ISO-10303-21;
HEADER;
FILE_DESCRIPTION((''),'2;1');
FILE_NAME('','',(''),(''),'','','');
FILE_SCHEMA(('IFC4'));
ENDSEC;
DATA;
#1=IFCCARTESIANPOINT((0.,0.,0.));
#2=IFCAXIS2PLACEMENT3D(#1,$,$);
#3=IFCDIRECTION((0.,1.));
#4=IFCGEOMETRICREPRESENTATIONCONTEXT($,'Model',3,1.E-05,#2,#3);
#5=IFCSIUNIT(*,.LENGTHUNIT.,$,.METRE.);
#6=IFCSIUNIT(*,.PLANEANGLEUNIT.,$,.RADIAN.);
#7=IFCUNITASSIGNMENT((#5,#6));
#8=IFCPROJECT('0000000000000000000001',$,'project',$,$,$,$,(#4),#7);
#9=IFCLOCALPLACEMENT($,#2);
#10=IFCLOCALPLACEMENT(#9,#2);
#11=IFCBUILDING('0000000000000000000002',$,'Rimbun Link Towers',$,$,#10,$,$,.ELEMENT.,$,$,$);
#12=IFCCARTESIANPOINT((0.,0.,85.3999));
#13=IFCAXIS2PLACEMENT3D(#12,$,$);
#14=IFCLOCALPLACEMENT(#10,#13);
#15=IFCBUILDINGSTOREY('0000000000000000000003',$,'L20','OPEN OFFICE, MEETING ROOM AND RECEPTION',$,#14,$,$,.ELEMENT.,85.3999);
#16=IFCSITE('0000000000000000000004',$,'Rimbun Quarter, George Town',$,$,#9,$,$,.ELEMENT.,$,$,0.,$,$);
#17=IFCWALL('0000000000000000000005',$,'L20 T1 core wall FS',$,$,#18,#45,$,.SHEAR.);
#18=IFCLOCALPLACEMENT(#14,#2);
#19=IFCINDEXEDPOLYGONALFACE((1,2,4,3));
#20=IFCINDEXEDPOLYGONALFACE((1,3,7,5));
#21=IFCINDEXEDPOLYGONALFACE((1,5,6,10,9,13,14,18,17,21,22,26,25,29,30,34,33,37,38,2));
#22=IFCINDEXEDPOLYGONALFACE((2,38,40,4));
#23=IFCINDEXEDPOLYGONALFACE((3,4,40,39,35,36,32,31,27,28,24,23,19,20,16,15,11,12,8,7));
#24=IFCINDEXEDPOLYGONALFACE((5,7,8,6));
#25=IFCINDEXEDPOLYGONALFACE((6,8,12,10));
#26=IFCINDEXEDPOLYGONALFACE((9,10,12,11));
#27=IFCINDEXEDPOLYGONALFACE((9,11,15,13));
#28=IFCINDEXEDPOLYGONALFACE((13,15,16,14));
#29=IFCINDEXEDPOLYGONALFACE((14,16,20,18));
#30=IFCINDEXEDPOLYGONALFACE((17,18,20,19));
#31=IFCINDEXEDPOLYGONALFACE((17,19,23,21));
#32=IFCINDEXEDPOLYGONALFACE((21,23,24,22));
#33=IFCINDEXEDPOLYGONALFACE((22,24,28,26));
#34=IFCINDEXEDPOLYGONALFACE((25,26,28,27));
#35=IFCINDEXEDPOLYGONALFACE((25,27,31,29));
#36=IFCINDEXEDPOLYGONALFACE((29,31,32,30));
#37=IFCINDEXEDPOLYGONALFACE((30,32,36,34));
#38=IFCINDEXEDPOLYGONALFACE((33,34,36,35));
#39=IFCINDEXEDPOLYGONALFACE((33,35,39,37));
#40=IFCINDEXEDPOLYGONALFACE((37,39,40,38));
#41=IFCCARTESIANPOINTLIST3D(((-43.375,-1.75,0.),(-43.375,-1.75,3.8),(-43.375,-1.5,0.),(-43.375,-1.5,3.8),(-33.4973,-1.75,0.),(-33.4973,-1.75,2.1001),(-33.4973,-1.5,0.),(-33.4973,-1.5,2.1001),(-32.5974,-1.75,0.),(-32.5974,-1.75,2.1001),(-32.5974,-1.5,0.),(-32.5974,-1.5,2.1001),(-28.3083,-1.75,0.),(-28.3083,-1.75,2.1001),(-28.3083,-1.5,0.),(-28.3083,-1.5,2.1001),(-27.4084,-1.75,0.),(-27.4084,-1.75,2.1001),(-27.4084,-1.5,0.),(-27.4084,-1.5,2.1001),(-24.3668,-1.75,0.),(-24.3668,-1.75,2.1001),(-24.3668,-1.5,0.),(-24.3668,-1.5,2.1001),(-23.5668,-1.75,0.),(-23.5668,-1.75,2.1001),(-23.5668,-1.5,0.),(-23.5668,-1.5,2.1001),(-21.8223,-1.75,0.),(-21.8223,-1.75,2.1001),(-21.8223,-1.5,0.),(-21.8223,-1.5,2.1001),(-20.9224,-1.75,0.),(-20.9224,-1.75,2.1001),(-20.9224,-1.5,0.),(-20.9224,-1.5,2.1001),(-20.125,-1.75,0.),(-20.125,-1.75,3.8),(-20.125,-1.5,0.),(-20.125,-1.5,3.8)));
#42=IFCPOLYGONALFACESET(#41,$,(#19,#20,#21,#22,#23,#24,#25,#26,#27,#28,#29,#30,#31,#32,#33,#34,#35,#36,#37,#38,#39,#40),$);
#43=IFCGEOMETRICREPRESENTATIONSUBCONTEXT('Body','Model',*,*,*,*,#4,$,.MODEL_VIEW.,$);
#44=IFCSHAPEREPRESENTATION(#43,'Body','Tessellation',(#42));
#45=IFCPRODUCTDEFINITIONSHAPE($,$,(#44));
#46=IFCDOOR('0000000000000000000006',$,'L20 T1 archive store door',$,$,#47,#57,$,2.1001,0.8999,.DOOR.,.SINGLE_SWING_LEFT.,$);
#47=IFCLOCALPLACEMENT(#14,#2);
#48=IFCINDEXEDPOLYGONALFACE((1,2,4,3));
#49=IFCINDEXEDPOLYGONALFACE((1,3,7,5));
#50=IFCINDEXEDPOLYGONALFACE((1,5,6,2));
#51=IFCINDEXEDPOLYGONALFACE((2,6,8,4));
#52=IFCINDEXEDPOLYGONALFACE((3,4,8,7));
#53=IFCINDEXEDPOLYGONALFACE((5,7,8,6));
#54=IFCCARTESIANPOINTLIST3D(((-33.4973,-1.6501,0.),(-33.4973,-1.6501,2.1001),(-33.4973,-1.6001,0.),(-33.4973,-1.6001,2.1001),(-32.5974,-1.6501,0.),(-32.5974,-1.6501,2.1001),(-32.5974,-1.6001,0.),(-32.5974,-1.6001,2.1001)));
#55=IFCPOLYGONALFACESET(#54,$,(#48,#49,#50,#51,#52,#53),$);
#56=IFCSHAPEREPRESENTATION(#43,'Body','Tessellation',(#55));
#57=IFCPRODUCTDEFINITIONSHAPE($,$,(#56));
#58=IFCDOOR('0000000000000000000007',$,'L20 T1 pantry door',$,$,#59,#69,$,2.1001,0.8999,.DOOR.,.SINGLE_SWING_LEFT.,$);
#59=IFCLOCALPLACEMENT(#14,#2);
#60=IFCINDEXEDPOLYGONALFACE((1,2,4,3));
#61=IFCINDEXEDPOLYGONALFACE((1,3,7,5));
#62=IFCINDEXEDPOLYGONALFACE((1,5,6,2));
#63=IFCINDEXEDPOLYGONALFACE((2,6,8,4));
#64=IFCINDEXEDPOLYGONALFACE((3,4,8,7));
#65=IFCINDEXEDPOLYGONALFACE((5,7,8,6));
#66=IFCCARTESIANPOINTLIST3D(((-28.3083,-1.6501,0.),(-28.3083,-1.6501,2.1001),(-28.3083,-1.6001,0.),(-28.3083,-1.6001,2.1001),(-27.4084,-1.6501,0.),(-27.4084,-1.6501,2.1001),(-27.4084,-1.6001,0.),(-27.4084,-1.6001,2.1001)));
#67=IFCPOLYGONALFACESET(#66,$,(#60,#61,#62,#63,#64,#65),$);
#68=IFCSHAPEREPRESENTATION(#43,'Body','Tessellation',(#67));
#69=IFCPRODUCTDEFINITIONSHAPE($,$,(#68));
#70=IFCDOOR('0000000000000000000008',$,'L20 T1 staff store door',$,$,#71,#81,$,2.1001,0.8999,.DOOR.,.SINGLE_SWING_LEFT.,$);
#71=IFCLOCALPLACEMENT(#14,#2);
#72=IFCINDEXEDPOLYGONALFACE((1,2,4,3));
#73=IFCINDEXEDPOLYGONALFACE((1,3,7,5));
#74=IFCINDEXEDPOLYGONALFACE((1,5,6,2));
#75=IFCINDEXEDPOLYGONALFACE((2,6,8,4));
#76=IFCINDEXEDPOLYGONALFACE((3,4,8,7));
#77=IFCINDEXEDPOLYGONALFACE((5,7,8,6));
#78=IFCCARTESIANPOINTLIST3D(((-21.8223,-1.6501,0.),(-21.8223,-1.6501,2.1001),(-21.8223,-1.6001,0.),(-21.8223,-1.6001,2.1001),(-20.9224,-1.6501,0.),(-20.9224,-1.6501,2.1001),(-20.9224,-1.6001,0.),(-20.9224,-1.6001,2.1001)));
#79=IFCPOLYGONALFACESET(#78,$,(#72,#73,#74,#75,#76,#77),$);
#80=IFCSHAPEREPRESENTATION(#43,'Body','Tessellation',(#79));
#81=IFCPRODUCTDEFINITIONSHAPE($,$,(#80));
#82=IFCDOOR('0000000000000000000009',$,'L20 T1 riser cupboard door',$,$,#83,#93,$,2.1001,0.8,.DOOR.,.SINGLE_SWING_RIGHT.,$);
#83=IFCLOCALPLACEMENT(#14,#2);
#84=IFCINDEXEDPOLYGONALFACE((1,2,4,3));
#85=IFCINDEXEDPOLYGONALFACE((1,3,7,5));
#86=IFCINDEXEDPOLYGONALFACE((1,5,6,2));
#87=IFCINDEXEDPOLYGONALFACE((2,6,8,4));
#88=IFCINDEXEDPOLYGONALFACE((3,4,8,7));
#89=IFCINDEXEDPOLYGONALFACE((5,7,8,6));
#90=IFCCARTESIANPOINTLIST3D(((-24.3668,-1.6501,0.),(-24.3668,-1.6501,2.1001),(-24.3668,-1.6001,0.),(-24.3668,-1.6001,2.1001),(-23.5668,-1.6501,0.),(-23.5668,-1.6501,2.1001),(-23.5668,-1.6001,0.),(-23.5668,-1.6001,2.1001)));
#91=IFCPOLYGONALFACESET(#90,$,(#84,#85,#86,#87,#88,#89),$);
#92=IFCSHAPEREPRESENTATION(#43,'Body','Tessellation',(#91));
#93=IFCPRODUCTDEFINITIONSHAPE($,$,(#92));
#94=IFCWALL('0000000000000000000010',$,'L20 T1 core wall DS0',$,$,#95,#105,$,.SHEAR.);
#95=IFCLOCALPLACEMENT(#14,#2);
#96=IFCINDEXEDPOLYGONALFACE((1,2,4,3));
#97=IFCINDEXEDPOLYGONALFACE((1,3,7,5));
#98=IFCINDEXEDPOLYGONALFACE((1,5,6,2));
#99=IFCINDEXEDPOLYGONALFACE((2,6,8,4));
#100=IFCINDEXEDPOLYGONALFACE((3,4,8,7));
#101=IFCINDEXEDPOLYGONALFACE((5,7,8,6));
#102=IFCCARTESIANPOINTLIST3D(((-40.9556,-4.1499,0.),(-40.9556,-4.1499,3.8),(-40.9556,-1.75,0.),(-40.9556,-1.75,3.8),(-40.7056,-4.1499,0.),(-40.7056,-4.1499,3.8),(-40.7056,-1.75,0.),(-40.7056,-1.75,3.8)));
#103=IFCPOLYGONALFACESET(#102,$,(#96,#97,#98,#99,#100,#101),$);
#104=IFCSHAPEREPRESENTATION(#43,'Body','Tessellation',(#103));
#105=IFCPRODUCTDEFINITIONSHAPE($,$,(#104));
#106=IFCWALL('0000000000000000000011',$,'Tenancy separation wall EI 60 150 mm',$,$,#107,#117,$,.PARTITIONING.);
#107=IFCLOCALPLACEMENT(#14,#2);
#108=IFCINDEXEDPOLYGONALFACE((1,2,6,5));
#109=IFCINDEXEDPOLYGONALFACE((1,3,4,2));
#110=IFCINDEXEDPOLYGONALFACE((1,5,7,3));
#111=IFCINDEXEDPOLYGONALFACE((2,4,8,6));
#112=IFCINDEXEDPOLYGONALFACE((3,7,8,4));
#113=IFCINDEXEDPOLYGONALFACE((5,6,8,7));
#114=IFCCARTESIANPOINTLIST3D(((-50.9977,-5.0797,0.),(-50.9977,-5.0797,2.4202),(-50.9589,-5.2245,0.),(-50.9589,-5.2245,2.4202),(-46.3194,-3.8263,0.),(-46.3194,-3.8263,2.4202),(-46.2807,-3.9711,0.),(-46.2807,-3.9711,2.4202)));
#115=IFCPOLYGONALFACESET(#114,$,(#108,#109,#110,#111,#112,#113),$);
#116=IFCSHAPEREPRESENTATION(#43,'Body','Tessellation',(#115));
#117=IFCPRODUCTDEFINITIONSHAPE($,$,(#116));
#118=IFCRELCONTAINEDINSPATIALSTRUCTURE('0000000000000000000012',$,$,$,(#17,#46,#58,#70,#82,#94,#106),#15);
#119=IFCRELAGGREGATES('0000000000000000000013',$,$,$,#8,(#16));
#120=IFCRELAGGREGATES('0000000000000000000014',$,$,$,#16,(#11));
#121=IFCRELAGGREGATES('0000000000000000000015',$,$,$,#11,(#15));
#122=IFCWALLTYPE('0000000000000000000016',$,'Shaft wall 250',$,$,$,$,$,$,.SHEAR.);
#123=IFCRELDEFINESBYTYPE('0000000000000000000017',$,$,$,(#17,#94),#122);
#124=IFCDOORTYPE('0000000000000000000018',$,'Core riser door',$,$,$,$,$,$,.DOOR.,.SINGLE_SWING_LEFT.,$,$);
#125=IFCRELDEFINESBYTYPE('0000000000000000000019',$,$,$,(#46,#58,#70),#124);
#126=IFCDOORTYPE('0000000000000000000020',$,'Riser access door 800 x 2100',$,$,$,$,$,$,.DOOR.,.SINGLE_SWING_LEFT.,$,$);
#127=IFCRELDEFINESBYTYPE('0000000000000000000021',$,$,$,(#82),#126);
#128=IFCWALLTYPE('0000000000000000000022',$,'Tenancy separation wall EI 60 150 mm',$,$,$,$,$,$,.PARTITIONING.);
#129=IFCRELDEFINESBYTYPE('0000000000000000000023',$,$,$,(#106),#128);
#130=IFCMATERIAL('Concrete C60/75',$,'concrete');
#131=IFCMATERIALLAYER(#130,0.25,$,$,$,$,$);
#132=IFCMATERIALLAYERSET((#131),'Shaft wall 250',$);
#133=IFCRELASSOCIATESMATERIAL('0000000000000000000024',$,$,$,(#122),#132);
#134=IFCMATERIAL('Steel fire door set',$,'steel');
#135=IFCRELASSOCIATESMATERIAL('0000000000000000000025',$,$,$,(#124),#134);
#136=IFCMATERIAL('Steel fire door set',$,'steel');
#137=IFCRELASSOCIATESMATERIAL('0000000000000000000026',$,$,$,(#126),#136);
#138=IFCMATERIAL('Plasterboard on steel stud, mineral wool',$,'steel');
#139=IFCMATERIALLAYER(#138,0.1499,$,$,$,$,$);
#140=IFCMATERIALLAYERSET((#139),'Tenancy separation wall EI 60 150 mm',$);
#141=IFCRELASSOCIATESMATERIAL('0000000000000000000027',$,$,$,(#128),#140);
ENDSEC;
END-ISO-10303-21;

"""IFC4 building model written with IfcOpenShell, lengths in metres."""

from ifc_helpers import new_model, si_unit, direction, frame, frame_2d, origin, place, context, subcontext, project, spatial, rectangle, extrude, material, layer, layer_set, type_object, element, fill, save


model = new_model("IFC4")

# Units and contexts
model_context = context("Model", 3, precision=1e-05, world=origin(), true_north=direction((0.0, 1.0)))
body_context = subcontext(model_context, "Body", "Model", "MODEL_VIEW")
ifc_project = project(units=[si_unit("LENGTHUNIT", "METRE"), si_unit("PLANEANGLEUNIT", "RADIAN")], contexts=[model_context])

# Site, building, storey
site_placement = place(None, origin())
site = spatial("IfcSite", under=ifc_project, at=site_placement, Name="Rimbun Quarter, George Town", CompositionType="ELEMENT", RefElevation=0.0)
building_placement = place(site_placement, origin())
building = spatial("IfcBuilding", under=site, at=building_placement, Name="Rimbun Link Towers", CompositionType="ELEMENT")
storey_placement = place(building_placement, frame((0.0, 0.0, 85.3999)))
storey = spatial("IfcBuildingStorey", under=building, at=storey_placement, Name="L20", Description="OPEN OFFICE, MEETING ROOM AND RECEPTION", CompositionType="ELEMENT", Elevation=85.3999)

# Shared definitions
ifc_material_1 = material(Name="Concrete C60/75", Category="concrete")
ifc_layer_1 = layer(ifc_material_1, 0.25)
ifc_layer_set_1 = layer_set([ifc_layer_1], Name="Shaft wall 250")
wall_type_1 = type_object("IfcWallType", Name="Shaft wall 250", PredefinedType="SHEAR", material=ifc_layer_set_1)

# Wall, openings, doors
wall_1_placement = place(storey_placement, frame((-43.375, -1.625, 0.0), z_axis=(0.0, 0.0, 1.0), x_axis=(1.0, 0.0, 0.0)))
wall_1 = element("IfcWall", 1, at=wall_1_placement, inside=storey, type_object=wall_type_1, Name="L20 T1 core wall FS", PredefinedType="SHEAR", context=body_context, shape_type="SweptSolid", body=[
    extrude(rectangle(XDim=23.25, YDim=0.25, at=frame_2d((11.625, 0.0))), origin(), (0.0, 0.0, 1.0), 3.8),
])
opening_1_placement = place(wall_1_placement, frame((9.8777, 0.0, 0.0)))
opening_1 = element("IfcOpeningElement", 2, at=opening_1_placement, cuts=wall_1, PredefinedType="OPENING", context=body_context, shape_type="SweptSolid", body=[
    extrude(rectangle(XDim=0.8999, YDim=2.1001, at=frame_2d((0.45, 1.05))), frame((0.0, 0.135, 0.0), z_axis=(0.0, -1.0, 0.0), x_axis=(1.0, 0.0, 0.0)), (0.0, 0.0, 1.0), 0.27),
])
opening_2_placement = place(wall_1_placement, frame((15.0667, 0.0, 0.0)))
opening_2 = element("IfcOpeningElement", 3, at=opening_2_placement, cuts=wall_1, PredefinedType="OPENING", context=body_context, shape_type="SweptSolid", body=[
    extrude(rectangle(XDim=0.8999, YDim=2.1001, at=frame_2d((0.45, 1.05))), frame((0.0, 0.135, 0.0), z_axis=(0.0, -1.0, 0.0), x_axis=(1.0, 0.0, 0.0)), (0.0, 0.0, 1.0), 0.27),
])
opening_3_placement = place(wall_1_placement, frame((19.0083, 0.0, 0.0)))
opening_3 = element("IfcOpeningElement", 4, at=opening_3_placement, cuts=wall_1, PredefinedType="OPENING", context=body_context, shape_type="SweptSolid", body=[
    extrude(rectangle(XDim=0.8, YDim=2.1001, at=frame_2d((0.3999, 1.05))), frame((0.0, 0.135, 0.0), z_axis=(0.0, -1.0, 0.0), x_axis=(1.0, 0.0, 0.0)), (0.0, 0.0, 1.0), 0.27),
])
opening_4_placement = place(wall_1_placement, frame((21.5527, 0.0, 0.0)))
opening_4 = element("IfcOpeningElement", 5, at=opening_4_placement, cuts=wall_1, PredefinedType="OPENING", context=body_context, shape_type="SweptSolid", body=[
    extrude(rectangle(XDim=0.8999, YDim=2.1001, at=frame_2d((0.45, 1.05))), frame((0.0, 0.135, 0.0), z_axis=(0.0, -1.0, 0.0), x_axis=(1.0, 0.0, 0.0)), (0.0, 0.0, 1.0), 0.27),
])
ifc_material_2 = material(Name="Steel fire door set", Category="steel")
door_type_1 = type_object("IfcDoorType", Name="Core riser door", OperationType="SINGLE_SWING_LEFT", PredefinedType="DOOR", material=ifc_material_2)
door_1_placement = place(opening_1_placement, origin())
door_1 = element("IfcDoor", 6, at=door_1_placement, inside=storey, type_object=door_type_1, Name="L20 T1 archive store door", OperationType="SINGLE_SWING_LEFT", OverallHeight=2.1001, OverallWidth=0.8999, PredefinedType="DOOR", context=body_context, shape_type="SweptSolid", body=[
    extrude(rectangle(XDim=0.8999, YDim=2.1001, at=frame_2d((0.45, 1.05))), frame((0.0, 0.0249, 0.0), z_axis=(0.0, -1.0, 0.0), x_axis=(1.0, 0.0, 0.0)), (0.0, 0.0, 1.0), 0.05),
])
fill(opening_1, door_1)
door_2_placement = place(opening_2_placement, origin())
door_2 = element("IfcDoor", 7, at=door_2_placement, inside=storey, type_object=door_type_1, Name="L20 T1 pantry door", OperationType="SINGLE_SWING_LEFT", OverallHeight=2.1001, OverallWidth=0.8999, PredefinedType="DOOR", context=body_context, shape_type="SweptSolid", body=[
    extrude(rectangle(XDim=0.8999, YDim=2.1001, at=frame_2d((0.45, 1.05))), frame((0.0, 0.0249, 0.0), z_axis=(0.0, -1.0, 0.0), x_axis=(1.0, 0.0, 0.0)), (0.0, 0.0, 1.0), 0.05),
])
fill(opening_2, door_2)
door_3_placement = place(opening_4_placement, origin())
door_3 = element("IfcDoor", 8, at=door_3_placement, inside=storey, type_object=door_type_1, Name="L20 T1 staff store door", OperationType="SINGLE_SWING_LEFT", OverallHeight=2.1001, OverallWidth=0.8999, PredefinedType="DOOR", context=body_context, shape_type="SweptSolid", body=[
    extrude(rectangle(XDim=0.8999, YDim=2.1001, at=frame_2d((0.45, 1.05))), frame((0.0, 0.0249, 0.0), z_axis=(0.0, -1.0, 0.0), x_axis=(1.0, 0.0, 0.0)), (0.0, 0.0, 1.0), 0.05),
])
fill(opening_4, door_3)
ifc_material_3 = material(Name="Steel fire door set", Category="steel")
door_type_2 = type_object("IfcDoorType", Name="Riser access door 800 x 2100", OperationType="SINGLE_SWING_LEFT", PredefinedType="DOOR", material=ifc_material_3)
door_4_placement = place(opening_3_placement, origin())
door_4 = element("IfcDoor", 9, at=door_4_placement, inside=storey, type_object=door_type_2, Name="L20 T1 riser cupboard door", OperationType="SINGLE_SWING_RIGHT", OverallHeight=2.1001, OverallWidth=0.8, PredefinedType="DOOR", context=body_context, shape_type="SweptSolid", body=[
    extrude(rectangle(XDim=0.8, YDim=2.1001, at=frame_2d((0.3999, 1.05))), frame((0.0, 0.0249, 0.0), z_axis=(0.0, -1.0, 0.0), x_axis=(1.0, 0.0, 0.0)), (0.0, 0.0, 1.0), 0.05),
])
fill(opening_3, door_4)

# Walls
wall_2_placement = place(storey_placement, frame((-40.8306, -4.1499, 0.0), z_axis=(0.0, 0.0, 1.0), x_axis=(0.0, 1.0, 0.0)))
element("IfcWall", 10, at=wall_2_placement, inside=storey, type_object=wall_type_1, Name="L20 T1 core wall DS0", PredefinedType="SHEAR", context=body_context, shape_type="SweptSolid", body=[
    extrude(rectangle(XDim=2.3999, YDim=0.25, at=frame_2d((1.2, 0.0))), origin(), (0.0, 0.0, 1.0), 3.8),
])
ifc_material_4 = material(Name="Plasterboard on steel stud, mineral wool", Category="steel")
ifc_layer_2 = layer(ifc_material_4, 0.1499)
ifc_layer_set_2 = layer_set([ifc_layer_2], Name="Tenancy separation wall EI 60 150 mm")
wall_type_2 = type_object("IfcWallType", Name="Tenancy separation wall EI 60 150 mm", PredefinedType="PARTITIONING", material=ifc_layer_set_2)
wall_3_placement = place(storey_placement, frame((-46.3, -3.8987, 0.0), z_axis=(0.0, 0.0, 1.0), x_axis=(-0.965931, -0.258798, 0.0)))
element("IfcWall", 11, at=wall_3_placement, inside=storey, type_object=wall_type_2, Name="Tenancy separation wall EI 60 150 mm", PredefinedType="PARTITIONING", context=body_context, shape_type="SweptSolid", body=[
    extrude(rectangle(XDim=4.8433, YDim=0.1499, at=frame_2d((2.4216, 0.0))), origin(), (0.0, 0.0, 1.0), 2.4202),
])

save(model, "model.ifc")
